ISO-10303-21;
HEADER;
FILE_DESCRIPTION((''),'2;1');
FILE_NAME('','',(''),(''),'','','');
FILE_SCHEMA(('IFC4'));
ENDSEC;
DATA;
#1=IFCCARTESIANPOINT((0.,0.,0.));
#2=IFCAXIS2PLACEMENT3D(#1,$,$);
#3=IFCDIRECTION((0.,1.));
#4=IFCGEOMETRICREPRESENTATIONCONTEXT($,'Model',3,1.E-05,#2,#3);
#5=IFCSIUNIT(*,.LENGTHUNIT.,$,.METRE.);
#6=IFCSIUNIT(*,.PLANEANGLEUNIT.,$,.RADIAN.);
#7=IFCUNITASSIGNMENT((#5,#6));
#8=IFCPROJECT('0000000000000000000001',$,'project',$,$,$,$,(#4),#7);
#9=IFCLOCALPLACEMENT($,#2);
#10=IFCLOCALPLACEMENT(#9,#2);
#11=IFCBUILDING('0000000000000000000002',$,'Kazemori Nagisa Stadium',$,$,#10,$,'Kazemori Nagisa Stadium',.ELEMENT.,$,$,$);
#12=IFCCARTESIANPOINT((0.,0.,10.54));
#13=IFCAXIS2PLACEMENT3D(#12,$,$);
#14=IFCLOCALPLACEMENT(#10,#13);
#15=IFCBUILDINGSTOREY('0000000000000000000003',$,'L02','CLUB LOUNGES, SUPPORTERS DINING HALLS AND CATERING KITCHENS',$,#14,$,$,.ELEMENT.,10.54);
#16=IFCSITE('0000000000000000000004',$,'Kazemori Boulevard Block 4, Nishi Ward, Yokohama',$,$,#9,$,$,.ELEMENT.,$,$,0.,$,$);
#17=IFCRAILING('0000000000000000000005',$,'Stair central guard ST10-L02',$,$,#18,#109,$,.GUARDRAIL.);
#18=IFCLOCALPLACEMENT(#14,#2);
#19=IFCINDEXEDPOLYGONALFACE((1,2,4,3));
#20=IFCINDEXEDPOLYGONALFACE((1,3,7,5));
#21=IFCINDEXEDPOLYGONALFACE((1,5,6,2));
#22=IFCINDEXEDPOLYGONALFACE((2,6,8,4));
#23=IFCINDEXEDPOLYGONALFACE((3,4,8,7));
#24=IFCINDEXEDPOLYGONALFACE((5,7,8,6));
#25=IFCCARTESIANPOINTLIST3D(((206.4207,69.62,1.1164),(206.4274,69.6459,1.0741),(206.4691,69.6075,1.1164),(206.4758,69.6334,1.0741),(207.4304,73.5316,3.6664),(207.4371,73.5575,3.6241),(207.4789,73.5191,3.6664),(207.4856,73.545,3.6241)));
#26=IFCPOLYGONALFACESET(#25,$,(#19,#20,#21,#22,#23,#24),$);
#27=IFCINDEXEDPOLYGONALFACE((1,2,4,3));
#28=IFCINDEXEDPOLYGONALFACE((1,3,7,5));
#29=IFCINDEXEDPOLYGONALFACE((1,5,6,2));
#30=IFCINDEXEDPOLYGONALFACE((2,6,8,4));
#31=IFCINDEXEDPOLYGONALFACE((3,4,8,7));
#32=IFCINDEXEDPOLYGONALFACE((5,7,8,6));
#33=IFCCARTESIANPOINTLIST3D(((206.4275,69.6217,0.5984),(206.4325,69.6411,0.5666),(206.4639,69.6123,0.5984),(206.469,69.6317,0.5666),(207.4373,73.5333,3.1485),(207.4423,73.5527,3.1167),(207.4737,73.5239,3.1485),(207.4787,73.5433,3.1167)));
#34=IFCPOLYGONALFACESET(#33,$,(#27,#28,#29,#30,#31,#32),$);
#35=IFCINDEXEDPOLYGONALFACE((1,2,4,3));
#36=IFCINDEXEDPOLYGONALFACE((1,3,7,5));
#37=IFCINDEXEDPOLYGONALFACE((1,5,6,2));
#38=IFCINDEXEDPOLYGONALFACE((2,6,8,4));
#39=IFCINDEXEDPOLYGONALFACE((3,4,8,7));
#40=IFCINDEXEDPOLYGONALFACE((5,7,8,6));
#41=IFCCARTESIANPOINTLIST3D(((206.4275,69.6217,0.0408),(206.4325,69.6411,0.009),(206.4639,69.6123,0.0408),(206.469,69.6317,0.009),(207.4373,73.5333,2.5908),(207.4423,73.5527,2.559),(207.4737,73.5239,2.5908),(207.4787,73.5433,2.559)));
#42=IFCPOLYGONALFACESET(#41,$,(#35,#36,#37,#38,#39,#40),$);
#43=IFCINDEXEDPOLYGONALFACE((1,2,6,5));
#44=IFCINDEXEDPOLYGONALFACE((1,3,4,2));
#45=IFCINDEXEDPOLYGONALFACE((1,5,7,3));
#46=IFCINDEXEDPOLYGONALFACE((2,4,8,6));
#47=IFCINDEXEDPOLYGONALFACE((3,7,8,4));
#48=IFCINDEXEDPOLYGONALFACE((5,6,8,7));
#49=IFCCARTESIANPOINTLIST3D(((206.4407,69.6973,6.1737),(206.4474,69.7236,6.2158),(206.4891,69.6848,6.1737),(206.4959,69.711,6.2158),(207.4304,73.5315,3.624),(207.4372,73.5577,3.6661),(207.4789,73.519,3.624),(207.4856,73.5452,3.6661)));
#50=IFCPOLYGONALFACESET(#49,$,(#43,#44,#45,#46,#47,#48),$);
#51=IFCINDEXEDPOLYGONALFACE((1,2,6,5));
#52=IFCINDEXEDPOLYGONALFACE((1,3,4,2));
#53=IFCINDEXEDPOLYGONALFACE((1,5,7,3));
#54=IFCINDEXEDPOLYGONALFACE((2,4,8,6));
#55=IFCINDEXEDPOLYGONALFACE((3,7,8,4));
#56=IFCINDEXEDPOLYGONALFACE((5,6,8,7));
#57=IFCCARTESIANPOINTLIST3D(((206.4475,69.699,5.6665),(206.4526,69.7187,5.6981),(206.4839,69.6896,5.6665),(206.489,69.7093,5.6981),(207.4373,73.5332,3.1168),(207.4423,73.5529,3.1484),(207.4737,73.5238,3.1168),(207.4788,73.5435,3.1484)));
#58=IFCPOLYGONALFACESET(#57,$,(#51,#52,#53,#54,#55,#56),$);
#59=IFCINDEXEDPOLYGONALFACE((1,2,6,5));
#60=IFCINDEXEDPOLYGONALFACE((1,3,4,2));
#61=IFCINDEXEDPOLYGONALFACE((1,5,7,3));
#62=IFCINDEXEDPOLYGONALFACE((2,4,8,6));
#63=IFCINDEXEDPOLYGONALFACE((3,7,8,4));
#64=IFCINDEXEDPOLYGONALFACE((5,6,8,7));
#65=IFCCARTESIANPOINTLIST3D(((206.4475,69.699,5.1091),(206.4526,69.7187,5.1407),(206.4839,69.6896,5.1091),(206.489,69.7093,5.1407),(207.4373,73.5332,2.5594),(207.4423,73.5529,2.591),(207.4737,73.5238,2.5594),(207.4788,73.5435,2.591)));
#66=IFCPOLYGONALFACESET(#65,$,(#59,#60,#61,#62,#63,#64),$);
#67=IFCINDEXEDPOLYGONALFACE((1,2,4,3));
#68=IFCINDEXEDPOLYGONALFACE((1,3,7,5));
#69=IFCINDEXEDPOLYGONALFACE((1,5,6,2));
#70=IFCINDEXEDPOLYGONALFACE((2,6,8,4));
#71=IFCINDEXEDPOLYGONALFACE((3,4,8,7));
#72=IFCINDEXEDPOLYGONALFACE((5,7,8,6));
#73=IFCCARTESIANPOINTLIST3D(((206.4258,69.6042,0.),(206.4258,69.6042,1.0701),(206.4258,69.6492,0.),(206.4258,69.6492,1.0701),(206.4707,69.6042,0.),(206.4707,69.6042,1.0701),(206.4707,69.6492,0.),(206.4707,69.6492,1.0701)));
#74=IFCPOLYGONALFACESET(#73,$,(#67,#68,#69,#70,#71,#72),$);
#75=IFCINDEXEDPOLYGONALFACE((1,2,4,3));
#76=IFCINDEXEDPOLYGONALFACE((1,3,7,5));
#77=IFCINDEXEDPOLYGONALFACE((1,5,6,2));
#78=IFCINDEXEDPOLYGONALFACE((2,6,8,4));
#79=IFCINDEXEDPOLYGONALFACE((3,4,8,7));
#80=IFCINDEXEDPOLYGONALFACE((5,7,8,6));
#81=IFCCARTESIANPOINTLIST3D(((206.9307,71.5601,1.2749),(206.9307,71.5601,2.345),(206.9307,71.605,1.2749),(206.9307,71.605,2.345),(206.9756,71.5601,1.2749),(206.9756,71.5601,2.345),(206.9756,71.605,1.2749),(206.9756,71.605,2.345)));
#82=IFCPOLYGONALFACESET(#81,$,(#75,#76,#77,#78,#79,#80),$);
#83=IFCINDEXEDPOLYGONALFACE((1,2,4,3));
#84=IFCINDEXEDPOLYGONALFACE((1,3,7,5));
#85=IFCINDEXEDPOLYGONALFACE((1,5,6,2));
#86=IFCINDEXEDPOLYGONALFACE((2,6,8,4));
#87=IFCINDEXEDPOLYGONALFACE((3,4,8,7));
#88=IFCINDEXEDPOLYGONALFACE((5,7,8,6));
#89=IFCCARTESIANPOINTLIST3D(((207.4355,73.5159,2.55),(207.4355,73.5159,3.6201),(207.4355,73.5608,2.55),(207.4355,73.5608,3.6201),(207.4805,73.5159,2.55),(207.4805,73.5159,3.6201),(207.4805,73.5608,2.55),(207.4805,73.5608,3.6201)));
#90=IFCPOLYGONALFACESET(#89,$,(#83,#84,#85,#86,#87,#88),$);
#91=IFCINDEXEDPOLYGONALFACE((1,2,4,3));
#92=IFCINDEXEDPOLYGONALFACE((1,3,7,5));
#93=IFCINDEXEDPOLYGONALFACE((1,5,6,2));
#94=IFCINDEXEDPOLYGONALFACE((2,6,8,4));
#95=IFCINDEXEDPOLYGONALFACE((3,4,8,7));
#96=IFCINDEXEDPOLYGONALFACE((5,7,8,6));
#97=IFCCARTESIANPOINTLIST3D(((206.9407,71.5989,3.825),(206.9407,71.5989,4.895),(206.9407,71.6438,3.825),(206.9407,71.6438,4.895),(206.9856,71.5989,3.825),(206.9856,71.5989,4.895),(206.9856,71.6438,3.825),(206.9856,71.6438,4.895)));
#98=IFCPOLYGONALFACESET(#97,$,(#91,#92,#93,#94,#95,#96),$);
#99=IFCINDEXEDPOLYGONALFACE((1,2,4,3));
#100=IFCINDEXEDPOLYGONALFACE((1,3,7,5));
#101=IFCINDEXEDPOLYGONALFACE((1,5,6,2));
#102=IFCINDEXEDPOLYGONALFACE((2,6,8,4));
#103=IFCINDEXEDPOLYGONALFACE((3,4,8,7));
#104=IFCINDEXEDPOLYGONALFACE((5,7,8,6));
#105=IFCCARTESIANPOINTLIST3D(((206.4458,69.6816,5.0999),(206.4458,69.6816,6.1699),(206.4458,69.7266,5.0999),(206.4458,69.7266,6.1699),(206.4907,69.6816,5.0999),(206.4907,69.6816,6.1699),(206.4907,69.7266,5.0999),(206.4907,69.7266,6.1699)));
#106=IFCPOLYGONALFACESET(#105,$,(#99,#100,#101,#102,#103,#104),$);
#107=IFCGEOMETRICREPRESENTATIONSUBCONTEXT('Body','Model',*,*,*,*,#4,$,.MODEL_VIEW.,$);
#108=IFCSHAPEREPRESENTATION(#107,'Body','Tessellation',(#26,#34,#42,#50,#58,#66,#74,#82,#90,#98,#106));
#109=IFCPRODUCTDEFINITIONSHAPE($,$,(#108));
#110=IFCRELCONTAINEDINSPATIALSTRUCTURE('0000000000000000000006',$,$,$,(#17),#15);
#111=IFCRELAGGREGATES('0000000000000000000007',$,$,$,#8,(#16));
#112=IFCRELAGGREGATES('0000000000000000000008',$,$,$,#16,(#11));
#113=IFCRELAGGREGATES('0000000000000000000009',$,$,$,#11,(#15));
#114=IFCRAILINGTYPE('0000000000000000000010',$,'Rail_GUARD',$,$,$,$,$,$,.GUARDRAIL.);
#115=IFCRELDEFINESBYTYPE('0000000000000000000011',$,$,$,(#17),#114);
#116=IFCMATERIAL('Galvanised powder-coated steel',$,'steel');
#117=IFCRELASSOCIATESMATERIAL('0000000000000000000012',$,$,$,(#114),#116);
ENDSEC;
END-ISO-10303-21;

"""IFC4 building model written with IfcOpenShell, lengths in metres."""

from ifc_helpers import new_model, si_unit, direction, frame, origin, origin_2d, place, context, subcontext, project, spatial, rectangle, extrude, material, type_object, element, save


model = new_model("IFC4")

# Units and contexts
model_context = context("Model", 3, precision=1e-05, world=origin(), true_north=direction((0.0, 1.0)))
body_context = subcontext(model_context, "Body", "Model", "MODEL_VIEW")
ifc_project = project(units=[si_unit("LENGTHUNIT", "METRE"), si_unit("PLANEANGLEUNIT", "RADIAN")], contexts=[model_context])

# Site, building, storey
site_placement = place(None, origin())
site = spatial("IfcSite", under=ifc_project, at=site_placement, Name="Kazemori Boulevard Block 4, Nishi Ward, Yokohama", CompositionType="ELEMENT", RefElevation=0.0)
building_placement = place(site_placement, origin())
building = spatial("IfcBuilding", under=site, at=building_placement, Name="Kazemori Nagisa Stadium", LongName="Kazemori Nagisa Stadium", CompositionType="ELEMENT")
storey_placement = place(building_placement, frame((0.0, 0.0, 10.54)))
storey = spatial("IfcBuildingStorey", under=building, at=storey_placement, Name="L02", Description="CLUB LOUNGES, SUPPORTERS DINING HALLS AND CATERING KITCHENS", CompositionType="ELEMENT", Elevation=10.54)

# Railing
ifc_material_1 = material(Name="Galvanised powder-coated steel", Category="steel")
railing_type_1 = type_object("IfcRailingType", Name="Rail_GUARD", PredefinedType="GUARDRAIL", material=ifc_material_1)
railing_1_placement = place(storey_placement, frame((206.4482, 69.6267, 0.0)))
element("IfcRailing", 1, at=railing_1_placement, inside=storey, type_object=railing_type_1, Name="Stair central guard ST10-L02", PredefinedType="GUARDRAIL", context=body_context, shape_type="SweptSolid", body=[
    extrude(rectangle(XDim=0.05, YDim=0.05, at=origin_2d()), frame((0.0, 0.0, 1.0952), z_axis=(0.211365, 0.818783, 0.533778), x_axis=(-0.968258, 0.249951, 0.0)), (0.0, 0.0, 1.0), 4.7773),
    extrude(rectangle(XDim=0.0376, YDim=0.0376, at=origin_2d()), frame((0.0, 0.0, 0.5825), z_axis=(0.211365, 0.818783, 0.533778), x_axis=(-0.968258, 0.249951, 0.0)), (0.0, 0.0, 1.0), 4.7773),
    extrude(rectangle(XDim=0.0376, YDim=0.0376, at=origin_2d()), frame((0.0, 0.0, 0.0249), z_axis=(0.211365, 0.818783, 0.533778), x_axis=(-0.968258, 0.249951, 0.0)), (0.0, 0.0, 1.0), 4.7773),
    extrude(rectangle(XDim=0.05, YDim=0.05, at=origin_2d()), frame((1.0098, 3.9116, 3.645), z_axis=(-0.210145, -0.814092, 0.54138), x_axis=(0.968261, -0.249941, 0.0)), (0.0, 0.0, 1.0), 4.7097),
    extrude(rectangle(XDim=0.0376, YDim=0.0376, at=origin_2d()), frame((1.0098, 3.9116, 3.1326), z_axis=(-0.210145, -0.814092, 0.54138), x_axis=(0.968261, -0.249941, 0.0)), (0.0, 0.0, 1.0), 4.7097),
    extrude(rectangle(XDim=0.0376, YDim=0.0376, at=origin_2d()), frame((1.0098, 3.9116, 2.5752), z_axis=(-0.210145, -0.814092, 0.54138), x_axis=(0.968261, -0.249941, 0.0)), (0.0, 0.0, 1.0), 4.7097),
    extrude(rectangle(XDim=0.0449, YDim=0.0449, at=origin_2d()), origin(), (0.0, 0.0, 1.0), 1.0701),
    extrude(rectangle(XDim=0.0449, YDim=0.0449, at=origin_2d()), frame((0.5049, 1.9558, 1.2749)), (0.0, 0.0, 1.0), 1.0701),
    extrude(rectangle(XDim=0.0449, YDim=0.0449, at=origin_2d()), frame((1.0098, 3.9116, 2.55)), (0.0, 0.0, 1.0), 1.0701),
    extrude(rectangle(XDim=0.0449, YDim=0.0449, at=origin_2d()), frame((0.5149, 1.9946, 3.825)), (0.0, 0.0, 1.0), 1.0701),
    extrude(rectangle(XDim=0.0449, YDim=0.0449, at=origin_2d()), frame((0.02, 0.0774, 5.0999)), (0.0, 0.0, 1.0), 1.0701),
])

save(model, "model.ifc")
